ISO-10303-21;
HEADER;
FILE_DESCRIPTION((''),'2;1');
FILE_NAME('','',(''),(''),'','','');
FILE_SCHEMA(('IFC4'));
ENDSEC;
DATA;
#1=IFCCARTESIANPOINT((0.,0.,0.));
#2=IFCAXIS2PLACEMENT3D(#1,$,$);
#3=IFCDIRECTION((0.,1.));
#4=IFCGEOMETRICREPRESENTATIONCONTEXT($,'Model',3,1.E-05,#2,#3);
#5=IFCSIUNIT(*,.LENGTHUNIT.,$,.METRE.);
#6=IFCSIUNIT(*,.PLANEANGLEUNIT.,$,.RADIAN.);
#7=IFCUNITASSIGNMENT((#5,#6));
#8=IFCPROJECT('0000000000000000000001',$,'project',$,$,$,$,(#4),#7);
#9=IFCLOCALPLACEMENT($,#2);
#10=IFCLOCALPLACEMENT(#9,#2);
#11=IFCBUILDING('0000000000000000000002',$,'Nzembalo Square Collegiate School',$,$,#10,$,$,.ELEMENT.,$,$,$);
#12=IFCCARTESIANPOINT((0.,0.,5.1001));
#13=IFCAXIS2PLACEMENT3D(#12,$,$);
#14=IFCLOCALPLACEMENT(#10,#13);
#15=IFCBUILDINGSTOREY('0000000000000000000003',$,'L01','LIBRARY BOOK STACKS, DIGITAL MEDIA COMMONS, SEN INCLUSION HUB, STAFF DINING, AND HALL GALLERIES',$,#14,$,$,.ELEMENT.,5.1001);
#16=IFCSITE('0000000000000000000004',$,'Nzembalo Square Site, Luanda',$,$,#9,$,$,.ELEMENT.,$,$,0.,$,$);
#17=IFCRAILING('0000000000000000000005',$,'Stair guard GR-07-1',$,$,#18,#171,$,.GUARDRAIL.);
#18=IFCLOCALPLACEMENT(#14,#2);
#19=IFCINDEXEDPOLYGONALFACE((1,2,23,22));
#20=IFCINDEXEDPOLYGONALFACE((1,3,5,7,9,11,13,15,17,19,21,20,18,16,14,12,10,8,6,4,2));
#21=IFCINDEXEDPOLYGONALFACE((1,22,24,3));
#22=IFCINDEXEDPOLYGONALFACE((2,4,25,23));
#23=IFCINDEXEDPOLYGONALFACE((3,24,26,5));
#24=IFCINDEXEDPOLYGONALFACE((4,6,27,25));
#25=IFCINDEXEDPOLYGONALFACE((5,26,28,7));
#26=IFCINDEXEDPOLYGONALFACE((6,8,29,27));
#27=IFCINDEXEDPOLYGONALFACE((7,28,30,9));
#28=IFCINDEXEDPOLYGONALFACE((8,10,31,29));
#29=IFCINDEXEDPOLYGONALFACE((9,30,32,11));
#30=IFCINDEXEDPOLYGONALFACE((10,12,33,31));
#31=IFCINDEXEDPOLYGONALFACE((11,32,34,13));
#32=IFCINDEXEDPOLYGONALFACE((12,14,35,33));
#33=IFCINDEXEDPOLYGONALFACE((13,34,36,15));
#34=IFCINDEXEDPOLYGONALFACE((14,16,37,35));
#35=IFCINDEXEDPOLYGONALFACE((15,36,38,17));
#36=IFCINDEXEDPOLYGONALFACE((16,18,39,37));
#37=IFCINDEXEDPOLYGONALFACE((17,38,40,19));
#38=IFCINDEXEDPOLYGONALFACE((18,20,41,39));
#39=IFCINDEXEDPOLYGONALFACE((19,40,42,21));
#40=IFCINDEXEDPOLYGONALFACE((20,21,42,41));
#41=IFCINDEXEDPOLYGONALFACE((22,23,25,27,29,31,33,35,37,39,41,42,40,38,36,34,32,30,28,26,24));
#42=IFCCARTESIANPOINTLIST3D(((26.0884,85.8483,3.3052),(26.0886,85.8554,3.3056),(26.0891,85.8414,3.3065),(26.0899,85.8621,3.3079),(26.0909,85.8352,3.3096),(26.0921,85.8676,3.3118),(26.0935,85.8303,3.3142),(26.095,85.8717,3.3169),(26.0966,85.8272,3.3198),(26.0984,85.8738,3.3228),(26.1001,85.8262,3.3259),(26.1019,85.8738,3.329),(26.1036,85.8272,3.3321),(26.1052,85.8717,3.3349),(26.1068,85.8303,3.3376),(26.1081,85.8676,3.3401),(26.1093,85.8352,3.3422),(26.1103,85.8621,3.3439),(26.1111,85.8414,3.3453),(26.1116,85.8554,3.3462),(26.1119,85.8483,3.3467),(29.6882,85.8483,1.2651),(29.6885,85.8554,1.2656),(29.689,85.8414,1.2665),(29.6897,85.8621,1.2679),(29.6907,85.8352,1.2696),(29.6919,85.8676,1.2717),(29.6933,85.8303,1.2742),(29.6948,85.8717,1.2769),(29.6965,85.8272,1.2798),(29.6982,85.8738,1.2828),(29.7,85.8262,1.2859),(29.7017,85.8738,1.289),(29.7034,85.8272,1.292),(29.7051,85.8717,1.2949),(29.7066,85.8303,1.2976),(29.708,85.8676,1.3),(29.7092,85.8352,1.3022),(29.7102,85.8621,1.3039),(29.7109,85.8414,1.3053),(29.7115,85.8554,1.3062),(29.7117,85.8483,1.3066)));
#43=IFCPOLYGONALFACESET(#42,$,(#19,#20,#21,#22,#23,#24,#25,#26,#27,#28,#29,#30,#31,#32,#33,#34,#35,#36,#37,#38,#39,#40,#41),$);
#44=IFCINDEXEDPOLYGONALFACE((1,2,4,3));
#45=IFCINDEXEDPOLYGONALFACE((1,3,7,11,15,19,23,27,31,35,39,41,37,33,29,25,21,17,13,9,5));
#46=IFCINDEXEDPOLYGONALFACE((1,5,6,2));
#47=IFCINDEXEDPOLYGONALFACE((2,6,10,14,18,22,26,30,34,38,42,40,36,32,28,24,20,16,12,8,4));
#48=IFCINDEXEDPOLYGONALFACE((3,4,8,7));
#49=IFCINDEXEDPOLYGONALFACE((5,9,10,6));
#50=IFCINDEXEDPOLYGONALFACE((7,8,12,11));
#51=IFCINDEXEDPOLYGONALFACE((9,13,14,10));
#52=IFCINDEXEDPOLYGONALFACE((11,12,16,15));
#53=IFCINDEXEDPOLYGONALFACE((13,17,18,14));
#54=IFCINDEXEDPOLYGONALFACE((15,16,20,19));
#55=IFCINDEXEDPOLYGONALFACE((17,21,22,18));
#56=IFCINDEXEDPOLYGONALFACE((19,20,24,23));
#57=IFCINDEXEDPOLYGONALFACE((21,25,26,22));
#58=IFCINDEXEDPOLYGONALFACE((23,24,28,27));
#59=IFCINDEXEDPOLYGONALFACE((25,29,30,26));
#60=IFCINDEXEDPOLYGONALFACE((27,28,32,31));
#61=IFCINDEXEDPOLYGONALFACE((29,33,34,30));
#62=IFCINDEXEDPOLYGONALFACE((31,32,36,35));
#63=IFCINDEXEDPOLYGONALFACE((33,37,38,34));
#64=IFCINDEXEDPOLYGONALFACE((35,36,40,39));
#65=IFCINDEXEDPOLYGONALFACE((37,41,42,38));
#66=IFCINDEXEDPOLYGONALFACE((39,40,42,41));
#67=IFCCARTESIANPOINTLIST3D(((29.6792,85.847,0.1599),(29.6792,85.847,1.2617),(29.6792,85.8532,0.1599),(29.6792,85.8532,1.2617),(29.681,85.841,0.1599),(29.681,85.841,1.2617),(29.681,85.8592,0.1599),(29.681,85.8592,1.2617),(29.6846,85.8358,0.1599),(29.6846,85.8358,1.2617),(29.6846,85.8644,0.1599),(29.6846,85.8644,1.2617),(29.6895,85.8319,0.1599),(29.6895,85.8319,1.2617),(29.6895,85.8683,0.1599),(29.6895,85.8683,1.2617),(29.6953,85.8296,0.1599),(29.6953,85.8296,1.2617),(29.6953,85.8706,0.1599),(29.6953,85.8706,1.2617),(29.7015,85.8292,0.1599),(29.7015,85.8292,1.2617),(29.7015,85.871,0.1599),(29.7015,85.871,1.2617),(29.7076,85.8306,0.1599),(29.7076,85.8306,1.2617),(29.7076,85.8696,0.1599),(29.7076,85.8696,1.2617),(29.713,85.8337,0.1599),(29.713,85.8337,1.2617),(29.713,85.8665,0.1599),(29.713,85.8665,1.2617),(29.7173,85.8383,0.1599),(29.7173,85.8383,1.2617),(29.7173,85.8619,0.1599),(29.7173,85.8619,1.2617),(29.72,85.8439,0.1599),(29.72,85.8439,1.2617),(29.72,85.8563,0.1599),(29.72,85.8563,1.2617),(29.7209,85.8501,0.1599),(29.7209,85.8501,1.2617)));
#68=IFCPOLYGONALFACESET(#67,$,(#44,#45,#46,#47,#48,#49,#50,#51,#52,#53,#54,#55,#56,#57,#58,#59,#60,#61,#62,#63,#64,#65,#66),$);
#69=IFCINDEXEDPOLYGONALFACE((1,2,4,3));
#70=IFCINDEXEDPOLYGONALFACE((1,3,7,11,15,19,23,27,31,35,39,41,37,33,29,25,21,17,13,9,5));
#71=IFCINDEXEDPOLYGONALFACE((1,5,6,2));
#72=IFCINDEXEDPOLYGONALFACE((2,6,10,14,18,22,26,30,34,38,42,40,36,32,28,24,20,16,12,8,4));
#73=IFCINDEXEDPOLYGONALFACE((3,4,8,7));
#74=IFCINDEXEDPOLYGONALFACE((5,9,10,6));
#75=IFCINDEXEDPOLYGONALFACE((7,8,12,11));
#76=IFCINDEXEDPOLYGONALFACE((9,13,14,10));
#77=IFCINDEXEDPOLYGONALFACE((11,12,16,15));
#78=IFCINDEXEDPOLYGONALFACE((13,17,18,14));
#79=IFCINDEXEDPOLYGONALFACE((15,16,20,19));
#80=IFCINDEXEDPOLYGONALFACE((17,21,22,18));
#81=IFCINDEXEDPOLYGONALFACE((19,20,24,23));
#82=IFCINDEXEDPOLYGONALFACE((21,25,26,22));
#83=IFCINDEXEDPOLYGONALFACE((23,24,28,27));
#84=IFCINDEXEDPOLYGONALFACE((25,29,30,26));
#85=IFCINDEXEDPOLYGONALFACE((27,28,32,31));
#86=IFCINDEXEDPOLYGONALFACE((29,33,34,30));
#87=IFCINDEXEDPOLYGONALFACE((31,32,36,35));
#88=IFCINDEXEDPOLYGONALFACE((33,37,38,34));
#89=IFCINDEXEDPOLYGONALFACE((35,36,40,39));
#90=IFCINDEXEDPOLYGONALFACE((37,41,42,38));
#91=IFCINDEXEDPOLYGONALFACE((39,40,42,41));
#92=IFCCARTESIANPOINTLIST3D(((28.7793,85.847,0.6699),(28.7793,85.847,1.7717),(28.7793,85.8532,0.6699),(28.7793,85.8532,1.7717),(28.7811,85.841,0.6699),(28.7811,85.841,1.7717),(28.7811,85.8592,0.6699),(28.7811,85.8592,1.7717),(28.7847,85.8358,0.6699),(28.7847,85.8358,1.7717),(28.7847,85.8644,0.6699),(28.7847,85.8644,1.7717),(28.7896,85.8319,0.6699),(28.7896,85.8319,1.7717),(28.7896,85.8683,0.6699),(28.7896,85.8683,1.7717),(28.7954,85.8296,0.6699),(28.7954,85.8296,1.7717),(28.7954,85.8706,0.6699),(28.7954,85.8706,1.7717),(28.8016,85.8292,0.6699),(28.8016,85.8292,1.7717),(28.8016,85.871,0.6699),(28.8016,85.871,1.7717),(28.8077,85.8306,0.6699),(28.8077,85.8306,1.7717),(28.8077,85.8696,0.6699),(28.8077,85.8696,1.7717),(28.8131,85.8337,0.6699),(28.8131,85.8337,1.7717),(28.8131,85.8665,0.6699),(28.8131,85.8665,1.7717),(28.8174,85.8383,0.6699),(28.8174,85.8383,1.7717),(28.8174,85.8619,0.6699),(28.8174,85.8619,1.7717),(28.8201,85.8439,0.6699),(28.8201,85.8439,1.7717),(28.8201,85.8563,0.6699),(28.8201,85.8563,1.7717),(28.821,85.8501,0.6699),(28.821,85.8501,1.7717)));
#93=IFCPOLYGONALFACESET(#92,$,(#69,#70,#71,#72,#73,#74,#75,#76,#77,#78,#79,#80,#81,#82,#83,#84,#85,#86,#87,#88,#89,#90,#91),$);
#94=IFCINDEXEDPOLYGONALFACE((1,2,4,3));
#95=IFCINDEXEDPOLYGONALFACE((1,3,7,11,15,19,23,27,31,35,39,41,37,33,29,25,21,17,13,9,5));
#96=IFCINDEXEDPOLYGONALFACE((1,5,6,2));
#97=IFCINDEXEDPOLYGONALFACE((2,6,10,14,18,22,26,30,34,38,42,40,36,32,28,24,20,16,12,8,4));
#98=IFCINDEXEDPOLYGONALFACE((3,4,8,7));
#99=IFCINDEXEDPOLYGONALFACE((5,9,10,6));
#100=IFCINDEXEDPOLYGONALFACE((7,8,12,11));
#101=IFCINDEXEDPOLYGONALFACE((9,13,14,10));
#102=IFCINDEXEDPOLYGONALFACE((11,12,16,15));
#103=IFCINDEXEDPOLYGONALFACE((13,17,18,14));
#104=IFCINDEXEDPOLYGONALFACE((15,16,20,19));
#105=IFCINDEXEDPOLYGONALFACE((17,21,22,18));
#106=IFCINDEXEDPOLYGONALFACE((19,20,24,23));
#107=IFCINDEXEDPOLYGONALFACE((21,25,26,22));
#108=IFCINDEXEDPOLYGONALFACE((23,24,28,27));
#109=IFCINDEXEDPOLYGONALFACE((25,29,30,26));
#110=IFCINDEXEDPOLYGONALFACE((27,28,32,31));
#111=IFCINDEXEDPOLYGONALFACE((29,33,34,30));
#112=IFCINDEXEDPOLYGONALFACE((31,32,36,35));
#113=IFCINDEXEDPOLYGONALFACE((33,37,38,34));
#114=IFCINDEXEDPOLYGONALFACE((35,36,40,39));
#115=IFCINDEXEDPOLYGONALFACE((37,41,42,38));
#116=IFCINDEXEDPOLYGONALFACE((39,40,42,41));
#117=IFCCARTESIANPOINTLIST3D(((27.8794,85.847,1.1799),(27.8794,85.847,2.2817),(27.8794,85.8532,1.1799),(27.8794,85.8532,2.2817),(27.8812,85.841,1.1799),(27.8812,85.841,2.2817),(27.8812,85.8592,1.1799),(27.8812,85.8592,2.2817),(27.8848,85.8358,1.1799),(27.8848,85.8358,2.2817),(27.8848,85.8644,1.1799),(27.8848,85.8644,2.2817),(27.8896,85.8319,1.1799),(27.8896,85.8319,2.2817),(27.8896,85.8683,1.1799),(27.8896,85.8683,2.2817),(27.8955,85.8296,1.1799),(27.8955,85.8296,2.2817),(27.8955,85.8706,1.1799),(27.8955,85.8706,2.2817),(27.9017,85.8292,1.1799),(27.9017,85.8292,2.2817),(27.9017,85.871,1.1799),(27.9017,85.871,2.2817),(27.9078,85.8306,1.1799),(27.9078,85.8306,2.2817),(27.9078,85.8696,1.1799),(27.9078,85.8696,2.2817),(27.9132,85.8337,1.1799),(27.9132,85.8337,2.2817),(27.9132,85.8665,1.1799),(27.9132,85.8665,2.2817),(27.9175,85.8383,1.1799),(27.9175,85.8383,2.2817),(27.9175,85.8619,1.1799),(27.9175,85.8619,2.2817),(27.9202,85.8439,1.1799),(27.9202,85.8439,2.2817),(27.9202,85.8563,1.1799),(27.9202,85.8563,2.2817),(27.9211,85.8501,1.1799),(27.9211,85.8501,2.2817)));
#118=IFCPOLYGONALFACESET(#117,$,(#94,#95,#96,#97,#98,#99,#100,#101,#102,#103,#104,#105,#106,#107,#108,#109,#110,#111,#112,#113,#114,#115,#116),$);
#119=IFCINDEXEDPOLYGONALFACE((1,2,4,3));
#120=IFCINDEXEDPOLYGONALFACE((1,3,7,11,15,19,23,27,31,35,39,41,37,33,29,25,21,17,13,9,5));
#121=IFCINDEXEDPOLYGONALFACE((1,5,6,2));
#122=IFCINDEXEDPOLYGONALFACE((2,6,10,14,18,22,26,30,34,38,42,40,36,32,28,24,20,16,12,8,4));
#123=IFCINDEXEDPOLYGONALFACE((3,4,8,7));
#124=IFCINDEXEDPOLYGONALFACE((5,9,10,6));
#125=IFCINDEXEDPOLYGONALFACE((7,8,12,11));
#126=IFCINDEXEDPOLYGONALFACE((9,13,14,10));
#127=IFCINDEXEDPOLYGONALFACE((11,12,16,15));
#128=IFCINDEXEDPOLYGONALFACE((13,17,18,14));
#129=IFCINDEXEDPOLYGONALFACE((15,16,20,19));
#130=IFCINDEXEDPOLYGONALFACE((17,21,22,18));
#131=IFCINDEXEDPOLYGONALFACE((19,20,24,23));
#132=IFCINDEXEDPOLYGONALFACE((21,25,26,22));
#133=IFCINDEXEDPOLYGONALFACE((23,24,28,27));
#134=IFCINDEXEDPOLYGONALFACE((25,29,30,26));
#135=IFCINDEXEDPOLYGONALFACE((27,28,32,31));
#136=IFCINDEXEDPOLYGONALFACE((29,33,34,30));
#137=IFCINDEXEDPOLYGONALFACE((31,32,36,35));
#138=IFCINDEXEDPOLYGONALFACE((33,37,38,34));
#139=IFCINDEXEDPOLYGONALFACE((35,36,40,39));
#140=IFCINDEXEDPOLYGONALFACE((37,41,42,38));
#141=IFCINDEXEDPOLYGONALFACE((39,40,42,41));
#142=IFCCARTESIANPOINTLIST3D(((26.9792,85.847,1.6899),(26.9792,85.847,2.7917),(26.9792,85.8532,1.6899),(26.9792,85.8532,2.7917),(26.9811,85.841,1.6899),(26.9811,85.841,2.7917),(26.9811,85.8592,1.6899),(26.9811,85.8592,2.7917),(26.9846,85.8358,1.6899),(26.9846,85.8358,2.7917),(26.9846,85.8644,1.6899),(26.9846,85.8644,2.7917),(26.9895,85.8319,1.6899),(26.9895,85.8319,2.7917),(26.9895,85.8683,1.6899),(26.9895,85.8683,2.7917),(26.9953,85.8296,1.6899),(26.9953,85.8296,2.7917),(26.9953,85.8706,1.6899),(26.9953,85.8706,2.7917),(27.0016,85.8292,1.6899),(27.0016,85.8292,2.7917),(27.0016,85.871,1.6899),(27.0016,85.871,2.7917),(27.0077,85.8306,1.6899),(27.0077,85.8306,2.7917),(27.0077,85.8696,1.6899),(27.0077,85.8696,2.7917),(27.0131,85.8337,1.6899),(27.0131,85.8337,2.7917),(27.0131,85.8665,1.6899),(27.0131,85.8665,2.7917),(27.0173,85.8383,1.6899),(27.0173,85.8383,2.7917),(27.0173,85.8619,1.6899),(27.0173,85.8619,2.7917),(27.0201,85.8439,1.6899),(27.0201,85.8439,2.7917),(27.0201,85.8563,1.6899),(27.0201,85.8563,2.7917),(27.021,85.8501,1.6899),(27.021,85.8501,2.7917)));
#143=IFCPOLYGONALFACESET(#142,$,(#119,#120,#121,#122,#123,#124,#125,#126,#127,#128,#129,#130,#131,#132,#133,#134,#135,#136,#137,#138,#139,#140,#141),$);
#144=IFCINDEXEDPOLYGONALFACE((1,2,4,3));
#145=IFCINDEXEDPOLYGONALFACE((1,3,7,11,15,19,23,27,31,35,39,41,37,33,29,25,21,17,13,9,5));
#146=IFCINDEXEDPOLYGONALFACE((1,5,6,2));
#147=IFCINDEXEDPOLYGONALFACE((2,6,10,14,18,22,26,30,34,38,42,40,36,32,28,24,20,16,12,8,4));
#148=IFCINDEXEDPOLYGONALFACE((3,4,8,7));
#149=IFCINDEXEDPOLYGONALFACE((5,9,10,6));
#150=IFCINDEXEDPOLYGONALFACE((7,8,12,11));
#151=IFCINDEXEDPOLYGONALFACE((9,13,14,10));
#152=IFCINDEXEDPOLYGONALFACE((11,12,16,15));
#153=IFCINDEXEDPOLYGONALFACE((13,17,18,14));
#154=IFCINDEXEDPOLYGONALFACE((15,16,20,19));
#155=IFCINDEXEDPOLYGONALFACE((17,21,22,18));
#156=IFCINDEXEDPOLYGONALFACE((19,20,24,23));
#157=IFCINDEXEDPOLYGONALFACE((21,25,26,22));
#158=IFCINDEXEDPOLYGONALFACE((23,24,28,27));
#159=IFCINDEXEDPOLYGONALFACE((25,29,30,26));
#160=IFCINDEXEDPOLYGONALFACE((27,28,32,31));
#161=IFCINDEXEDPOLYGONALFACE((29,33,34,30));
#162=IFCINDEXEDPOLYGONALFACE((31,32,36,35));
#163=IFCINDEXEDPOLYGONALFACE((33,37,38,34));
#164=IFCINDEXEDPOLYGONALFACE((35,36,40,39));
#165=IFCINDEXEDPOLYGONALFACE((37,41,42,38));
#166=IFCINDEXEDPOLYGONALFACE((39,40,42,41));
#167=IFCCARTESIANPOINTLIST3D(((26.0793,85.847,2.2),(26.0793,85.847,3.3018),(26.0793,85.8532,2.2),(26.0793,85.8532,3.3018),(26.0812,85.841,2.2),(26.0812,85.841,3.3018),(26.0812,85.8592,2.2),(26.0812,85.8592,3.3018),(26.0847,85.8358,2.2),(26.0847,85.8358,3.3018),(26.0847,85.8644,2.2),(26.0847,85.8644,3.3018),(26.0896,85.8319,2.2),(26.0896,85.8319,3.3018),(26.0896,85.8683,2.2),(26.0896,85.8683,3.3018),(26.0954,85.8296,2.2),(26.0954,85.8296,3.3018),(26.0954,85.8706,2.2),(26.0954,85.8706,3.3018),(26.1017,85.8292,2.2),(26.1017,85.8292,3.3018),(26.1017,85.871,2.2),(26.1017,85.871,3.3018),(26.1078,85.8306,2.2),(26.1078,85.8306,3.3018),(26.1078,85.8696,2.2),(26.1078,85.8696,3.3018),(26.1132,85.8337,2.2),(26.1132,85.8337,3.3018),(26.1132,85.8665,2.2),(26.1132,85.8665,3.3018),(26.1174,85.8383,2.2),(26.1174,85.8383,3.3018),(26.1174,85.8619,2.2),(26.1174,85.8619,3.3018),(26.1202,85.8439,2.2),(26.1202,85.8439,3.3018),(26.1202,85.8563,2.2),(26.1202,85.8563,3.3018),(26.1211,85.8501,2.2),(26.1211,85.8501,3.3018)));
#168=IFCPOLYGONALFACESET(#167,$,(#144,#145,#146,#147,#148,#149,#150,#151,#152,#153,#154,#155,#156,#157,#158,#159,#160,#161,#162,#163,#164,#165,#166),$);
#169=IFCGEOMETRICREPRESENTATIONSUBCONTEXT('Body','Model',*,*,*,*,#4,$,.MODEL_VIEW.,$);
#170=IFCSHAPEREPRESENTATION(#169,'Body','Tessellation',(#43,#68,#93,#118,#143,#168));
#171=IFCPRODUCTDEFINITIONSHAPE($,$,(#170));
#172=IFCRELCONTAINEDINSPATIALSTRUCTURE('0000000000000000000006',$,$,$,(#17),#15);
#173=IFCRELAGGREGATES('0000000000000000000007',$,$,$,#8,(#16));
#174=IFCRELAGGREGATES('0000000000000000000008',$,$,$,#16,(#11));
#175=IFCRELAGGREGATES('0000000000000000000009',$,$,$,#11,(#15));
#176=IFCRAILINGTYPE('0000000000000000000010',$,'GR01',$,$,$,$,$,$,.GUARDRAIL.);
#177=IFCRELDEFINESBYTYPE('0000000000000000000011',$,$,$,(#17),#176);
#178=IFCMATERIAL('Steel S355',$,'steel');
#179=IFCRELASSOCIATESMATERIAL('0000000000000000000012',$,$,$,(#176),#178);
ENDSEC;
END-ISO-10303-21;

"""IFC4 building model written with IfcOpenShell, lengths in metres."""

from ifc_helpers import new_model, si_unit, direction, frame, origin, origin_2d, place, context, subcontext, project, spatial, circle, extrude, material, type_object, element, save


model = new_model("IFC4")

# Units and contexts
model_context = context("Model", 3, precision=1e-05, world=origin(), true_north=direction((0.0, 1.0)))
body_context = subcontext(model_context, "Body", "Model", "MODEL_VIEW")
ifc_project = project(units=[si_unit("LENGTHUNIT", "METRE"), si_unit("PLANEANGLEUNIT", "RADIAN")], contexts=[model_context])

# Site, building, storey
site_placement = place(None, origin())
site = spatial("IfcSite", under=ifc_project, at=site_placement, Name="Nzembalo Square Site, Luanda", CompositionType="ELEMENT", RefElevation=0.0)
building_placement = place(site_placement, origin())
building = spatial("IfcBuilding", under=site, at=building_placement, Name="Nzembalo Square Collegiate School", CompositionType="ELEMENT")
storey_placement = place(building_placement, frame((0.0, 0.0, 5.1001)))
storey = spatial("IfcBuildingStorey", under=building, at=storey_placement, Name="L01", Description="LIBRARY BOOK STACKS, DIGITAL MEDIA COMMONS, SEN INCLUSION HUB, STAFF DINING, AND HALL GALLERIES", CompositionType="ELEMENT", Elevation=5.1001)

# Railing
ifc_material_1 = material(Name="Steel S355", Category="steel")
railing_type_1 = type_object("IfcRailingType", Name="GR01", PredefinedType="GUARDRAIL", material=ifc_material_1)
railing_1_placement = place(storey_placement, frame((29.7, 85.8501, 0.1599)))
element("IfcRailing", 1, at=railing_1_placement, inside=storey, type_object=railing_type_1, Name="Stair guard GR-07-1", PredefinedType="GUARDRAIL", context=body_context, shape_type="SweptSolid", body=[
    extrude(circle(Radius=0.0239, at=origin_2d()), frame((0.0, 0.0, 1.126), z_axis=(-0.87001, 0.0, 0.493035), x_axis=(0.0, -1.0, 0.0)), (0.0, 0.0, 1.0), 4.1377),
    extrude(circle(Radius=0.021, at=origin_2d()), origin(), (0.0, 0.0, 1.0), 1.1018),
    extrude(circle(Radius=0.021, at=origin_2d()), frame((-0.8999, 0.0, 0.51)), (0.0, 0.0, 1.0), 1.1018),
    extrude(circle(Radius=0.021, at=origin_2d()), frame((-1.7998, 0.0, 1.02)), (0.0, 0.0, 1.0), 1.1018),
    extrude(circle(Radius=0.021, at=origin_2d()), frame((-2.7, 0.0, 1.53)), (0.0, 0.0, 1.0), 1.1018),
    extrude(circle(Radius=0.021, at=origin_2d()), frame((-3.5999, 0.0, 2.04)), (0.0, 0.0, 1.0), 1.1018),
])

save(model, "model.ifc")
